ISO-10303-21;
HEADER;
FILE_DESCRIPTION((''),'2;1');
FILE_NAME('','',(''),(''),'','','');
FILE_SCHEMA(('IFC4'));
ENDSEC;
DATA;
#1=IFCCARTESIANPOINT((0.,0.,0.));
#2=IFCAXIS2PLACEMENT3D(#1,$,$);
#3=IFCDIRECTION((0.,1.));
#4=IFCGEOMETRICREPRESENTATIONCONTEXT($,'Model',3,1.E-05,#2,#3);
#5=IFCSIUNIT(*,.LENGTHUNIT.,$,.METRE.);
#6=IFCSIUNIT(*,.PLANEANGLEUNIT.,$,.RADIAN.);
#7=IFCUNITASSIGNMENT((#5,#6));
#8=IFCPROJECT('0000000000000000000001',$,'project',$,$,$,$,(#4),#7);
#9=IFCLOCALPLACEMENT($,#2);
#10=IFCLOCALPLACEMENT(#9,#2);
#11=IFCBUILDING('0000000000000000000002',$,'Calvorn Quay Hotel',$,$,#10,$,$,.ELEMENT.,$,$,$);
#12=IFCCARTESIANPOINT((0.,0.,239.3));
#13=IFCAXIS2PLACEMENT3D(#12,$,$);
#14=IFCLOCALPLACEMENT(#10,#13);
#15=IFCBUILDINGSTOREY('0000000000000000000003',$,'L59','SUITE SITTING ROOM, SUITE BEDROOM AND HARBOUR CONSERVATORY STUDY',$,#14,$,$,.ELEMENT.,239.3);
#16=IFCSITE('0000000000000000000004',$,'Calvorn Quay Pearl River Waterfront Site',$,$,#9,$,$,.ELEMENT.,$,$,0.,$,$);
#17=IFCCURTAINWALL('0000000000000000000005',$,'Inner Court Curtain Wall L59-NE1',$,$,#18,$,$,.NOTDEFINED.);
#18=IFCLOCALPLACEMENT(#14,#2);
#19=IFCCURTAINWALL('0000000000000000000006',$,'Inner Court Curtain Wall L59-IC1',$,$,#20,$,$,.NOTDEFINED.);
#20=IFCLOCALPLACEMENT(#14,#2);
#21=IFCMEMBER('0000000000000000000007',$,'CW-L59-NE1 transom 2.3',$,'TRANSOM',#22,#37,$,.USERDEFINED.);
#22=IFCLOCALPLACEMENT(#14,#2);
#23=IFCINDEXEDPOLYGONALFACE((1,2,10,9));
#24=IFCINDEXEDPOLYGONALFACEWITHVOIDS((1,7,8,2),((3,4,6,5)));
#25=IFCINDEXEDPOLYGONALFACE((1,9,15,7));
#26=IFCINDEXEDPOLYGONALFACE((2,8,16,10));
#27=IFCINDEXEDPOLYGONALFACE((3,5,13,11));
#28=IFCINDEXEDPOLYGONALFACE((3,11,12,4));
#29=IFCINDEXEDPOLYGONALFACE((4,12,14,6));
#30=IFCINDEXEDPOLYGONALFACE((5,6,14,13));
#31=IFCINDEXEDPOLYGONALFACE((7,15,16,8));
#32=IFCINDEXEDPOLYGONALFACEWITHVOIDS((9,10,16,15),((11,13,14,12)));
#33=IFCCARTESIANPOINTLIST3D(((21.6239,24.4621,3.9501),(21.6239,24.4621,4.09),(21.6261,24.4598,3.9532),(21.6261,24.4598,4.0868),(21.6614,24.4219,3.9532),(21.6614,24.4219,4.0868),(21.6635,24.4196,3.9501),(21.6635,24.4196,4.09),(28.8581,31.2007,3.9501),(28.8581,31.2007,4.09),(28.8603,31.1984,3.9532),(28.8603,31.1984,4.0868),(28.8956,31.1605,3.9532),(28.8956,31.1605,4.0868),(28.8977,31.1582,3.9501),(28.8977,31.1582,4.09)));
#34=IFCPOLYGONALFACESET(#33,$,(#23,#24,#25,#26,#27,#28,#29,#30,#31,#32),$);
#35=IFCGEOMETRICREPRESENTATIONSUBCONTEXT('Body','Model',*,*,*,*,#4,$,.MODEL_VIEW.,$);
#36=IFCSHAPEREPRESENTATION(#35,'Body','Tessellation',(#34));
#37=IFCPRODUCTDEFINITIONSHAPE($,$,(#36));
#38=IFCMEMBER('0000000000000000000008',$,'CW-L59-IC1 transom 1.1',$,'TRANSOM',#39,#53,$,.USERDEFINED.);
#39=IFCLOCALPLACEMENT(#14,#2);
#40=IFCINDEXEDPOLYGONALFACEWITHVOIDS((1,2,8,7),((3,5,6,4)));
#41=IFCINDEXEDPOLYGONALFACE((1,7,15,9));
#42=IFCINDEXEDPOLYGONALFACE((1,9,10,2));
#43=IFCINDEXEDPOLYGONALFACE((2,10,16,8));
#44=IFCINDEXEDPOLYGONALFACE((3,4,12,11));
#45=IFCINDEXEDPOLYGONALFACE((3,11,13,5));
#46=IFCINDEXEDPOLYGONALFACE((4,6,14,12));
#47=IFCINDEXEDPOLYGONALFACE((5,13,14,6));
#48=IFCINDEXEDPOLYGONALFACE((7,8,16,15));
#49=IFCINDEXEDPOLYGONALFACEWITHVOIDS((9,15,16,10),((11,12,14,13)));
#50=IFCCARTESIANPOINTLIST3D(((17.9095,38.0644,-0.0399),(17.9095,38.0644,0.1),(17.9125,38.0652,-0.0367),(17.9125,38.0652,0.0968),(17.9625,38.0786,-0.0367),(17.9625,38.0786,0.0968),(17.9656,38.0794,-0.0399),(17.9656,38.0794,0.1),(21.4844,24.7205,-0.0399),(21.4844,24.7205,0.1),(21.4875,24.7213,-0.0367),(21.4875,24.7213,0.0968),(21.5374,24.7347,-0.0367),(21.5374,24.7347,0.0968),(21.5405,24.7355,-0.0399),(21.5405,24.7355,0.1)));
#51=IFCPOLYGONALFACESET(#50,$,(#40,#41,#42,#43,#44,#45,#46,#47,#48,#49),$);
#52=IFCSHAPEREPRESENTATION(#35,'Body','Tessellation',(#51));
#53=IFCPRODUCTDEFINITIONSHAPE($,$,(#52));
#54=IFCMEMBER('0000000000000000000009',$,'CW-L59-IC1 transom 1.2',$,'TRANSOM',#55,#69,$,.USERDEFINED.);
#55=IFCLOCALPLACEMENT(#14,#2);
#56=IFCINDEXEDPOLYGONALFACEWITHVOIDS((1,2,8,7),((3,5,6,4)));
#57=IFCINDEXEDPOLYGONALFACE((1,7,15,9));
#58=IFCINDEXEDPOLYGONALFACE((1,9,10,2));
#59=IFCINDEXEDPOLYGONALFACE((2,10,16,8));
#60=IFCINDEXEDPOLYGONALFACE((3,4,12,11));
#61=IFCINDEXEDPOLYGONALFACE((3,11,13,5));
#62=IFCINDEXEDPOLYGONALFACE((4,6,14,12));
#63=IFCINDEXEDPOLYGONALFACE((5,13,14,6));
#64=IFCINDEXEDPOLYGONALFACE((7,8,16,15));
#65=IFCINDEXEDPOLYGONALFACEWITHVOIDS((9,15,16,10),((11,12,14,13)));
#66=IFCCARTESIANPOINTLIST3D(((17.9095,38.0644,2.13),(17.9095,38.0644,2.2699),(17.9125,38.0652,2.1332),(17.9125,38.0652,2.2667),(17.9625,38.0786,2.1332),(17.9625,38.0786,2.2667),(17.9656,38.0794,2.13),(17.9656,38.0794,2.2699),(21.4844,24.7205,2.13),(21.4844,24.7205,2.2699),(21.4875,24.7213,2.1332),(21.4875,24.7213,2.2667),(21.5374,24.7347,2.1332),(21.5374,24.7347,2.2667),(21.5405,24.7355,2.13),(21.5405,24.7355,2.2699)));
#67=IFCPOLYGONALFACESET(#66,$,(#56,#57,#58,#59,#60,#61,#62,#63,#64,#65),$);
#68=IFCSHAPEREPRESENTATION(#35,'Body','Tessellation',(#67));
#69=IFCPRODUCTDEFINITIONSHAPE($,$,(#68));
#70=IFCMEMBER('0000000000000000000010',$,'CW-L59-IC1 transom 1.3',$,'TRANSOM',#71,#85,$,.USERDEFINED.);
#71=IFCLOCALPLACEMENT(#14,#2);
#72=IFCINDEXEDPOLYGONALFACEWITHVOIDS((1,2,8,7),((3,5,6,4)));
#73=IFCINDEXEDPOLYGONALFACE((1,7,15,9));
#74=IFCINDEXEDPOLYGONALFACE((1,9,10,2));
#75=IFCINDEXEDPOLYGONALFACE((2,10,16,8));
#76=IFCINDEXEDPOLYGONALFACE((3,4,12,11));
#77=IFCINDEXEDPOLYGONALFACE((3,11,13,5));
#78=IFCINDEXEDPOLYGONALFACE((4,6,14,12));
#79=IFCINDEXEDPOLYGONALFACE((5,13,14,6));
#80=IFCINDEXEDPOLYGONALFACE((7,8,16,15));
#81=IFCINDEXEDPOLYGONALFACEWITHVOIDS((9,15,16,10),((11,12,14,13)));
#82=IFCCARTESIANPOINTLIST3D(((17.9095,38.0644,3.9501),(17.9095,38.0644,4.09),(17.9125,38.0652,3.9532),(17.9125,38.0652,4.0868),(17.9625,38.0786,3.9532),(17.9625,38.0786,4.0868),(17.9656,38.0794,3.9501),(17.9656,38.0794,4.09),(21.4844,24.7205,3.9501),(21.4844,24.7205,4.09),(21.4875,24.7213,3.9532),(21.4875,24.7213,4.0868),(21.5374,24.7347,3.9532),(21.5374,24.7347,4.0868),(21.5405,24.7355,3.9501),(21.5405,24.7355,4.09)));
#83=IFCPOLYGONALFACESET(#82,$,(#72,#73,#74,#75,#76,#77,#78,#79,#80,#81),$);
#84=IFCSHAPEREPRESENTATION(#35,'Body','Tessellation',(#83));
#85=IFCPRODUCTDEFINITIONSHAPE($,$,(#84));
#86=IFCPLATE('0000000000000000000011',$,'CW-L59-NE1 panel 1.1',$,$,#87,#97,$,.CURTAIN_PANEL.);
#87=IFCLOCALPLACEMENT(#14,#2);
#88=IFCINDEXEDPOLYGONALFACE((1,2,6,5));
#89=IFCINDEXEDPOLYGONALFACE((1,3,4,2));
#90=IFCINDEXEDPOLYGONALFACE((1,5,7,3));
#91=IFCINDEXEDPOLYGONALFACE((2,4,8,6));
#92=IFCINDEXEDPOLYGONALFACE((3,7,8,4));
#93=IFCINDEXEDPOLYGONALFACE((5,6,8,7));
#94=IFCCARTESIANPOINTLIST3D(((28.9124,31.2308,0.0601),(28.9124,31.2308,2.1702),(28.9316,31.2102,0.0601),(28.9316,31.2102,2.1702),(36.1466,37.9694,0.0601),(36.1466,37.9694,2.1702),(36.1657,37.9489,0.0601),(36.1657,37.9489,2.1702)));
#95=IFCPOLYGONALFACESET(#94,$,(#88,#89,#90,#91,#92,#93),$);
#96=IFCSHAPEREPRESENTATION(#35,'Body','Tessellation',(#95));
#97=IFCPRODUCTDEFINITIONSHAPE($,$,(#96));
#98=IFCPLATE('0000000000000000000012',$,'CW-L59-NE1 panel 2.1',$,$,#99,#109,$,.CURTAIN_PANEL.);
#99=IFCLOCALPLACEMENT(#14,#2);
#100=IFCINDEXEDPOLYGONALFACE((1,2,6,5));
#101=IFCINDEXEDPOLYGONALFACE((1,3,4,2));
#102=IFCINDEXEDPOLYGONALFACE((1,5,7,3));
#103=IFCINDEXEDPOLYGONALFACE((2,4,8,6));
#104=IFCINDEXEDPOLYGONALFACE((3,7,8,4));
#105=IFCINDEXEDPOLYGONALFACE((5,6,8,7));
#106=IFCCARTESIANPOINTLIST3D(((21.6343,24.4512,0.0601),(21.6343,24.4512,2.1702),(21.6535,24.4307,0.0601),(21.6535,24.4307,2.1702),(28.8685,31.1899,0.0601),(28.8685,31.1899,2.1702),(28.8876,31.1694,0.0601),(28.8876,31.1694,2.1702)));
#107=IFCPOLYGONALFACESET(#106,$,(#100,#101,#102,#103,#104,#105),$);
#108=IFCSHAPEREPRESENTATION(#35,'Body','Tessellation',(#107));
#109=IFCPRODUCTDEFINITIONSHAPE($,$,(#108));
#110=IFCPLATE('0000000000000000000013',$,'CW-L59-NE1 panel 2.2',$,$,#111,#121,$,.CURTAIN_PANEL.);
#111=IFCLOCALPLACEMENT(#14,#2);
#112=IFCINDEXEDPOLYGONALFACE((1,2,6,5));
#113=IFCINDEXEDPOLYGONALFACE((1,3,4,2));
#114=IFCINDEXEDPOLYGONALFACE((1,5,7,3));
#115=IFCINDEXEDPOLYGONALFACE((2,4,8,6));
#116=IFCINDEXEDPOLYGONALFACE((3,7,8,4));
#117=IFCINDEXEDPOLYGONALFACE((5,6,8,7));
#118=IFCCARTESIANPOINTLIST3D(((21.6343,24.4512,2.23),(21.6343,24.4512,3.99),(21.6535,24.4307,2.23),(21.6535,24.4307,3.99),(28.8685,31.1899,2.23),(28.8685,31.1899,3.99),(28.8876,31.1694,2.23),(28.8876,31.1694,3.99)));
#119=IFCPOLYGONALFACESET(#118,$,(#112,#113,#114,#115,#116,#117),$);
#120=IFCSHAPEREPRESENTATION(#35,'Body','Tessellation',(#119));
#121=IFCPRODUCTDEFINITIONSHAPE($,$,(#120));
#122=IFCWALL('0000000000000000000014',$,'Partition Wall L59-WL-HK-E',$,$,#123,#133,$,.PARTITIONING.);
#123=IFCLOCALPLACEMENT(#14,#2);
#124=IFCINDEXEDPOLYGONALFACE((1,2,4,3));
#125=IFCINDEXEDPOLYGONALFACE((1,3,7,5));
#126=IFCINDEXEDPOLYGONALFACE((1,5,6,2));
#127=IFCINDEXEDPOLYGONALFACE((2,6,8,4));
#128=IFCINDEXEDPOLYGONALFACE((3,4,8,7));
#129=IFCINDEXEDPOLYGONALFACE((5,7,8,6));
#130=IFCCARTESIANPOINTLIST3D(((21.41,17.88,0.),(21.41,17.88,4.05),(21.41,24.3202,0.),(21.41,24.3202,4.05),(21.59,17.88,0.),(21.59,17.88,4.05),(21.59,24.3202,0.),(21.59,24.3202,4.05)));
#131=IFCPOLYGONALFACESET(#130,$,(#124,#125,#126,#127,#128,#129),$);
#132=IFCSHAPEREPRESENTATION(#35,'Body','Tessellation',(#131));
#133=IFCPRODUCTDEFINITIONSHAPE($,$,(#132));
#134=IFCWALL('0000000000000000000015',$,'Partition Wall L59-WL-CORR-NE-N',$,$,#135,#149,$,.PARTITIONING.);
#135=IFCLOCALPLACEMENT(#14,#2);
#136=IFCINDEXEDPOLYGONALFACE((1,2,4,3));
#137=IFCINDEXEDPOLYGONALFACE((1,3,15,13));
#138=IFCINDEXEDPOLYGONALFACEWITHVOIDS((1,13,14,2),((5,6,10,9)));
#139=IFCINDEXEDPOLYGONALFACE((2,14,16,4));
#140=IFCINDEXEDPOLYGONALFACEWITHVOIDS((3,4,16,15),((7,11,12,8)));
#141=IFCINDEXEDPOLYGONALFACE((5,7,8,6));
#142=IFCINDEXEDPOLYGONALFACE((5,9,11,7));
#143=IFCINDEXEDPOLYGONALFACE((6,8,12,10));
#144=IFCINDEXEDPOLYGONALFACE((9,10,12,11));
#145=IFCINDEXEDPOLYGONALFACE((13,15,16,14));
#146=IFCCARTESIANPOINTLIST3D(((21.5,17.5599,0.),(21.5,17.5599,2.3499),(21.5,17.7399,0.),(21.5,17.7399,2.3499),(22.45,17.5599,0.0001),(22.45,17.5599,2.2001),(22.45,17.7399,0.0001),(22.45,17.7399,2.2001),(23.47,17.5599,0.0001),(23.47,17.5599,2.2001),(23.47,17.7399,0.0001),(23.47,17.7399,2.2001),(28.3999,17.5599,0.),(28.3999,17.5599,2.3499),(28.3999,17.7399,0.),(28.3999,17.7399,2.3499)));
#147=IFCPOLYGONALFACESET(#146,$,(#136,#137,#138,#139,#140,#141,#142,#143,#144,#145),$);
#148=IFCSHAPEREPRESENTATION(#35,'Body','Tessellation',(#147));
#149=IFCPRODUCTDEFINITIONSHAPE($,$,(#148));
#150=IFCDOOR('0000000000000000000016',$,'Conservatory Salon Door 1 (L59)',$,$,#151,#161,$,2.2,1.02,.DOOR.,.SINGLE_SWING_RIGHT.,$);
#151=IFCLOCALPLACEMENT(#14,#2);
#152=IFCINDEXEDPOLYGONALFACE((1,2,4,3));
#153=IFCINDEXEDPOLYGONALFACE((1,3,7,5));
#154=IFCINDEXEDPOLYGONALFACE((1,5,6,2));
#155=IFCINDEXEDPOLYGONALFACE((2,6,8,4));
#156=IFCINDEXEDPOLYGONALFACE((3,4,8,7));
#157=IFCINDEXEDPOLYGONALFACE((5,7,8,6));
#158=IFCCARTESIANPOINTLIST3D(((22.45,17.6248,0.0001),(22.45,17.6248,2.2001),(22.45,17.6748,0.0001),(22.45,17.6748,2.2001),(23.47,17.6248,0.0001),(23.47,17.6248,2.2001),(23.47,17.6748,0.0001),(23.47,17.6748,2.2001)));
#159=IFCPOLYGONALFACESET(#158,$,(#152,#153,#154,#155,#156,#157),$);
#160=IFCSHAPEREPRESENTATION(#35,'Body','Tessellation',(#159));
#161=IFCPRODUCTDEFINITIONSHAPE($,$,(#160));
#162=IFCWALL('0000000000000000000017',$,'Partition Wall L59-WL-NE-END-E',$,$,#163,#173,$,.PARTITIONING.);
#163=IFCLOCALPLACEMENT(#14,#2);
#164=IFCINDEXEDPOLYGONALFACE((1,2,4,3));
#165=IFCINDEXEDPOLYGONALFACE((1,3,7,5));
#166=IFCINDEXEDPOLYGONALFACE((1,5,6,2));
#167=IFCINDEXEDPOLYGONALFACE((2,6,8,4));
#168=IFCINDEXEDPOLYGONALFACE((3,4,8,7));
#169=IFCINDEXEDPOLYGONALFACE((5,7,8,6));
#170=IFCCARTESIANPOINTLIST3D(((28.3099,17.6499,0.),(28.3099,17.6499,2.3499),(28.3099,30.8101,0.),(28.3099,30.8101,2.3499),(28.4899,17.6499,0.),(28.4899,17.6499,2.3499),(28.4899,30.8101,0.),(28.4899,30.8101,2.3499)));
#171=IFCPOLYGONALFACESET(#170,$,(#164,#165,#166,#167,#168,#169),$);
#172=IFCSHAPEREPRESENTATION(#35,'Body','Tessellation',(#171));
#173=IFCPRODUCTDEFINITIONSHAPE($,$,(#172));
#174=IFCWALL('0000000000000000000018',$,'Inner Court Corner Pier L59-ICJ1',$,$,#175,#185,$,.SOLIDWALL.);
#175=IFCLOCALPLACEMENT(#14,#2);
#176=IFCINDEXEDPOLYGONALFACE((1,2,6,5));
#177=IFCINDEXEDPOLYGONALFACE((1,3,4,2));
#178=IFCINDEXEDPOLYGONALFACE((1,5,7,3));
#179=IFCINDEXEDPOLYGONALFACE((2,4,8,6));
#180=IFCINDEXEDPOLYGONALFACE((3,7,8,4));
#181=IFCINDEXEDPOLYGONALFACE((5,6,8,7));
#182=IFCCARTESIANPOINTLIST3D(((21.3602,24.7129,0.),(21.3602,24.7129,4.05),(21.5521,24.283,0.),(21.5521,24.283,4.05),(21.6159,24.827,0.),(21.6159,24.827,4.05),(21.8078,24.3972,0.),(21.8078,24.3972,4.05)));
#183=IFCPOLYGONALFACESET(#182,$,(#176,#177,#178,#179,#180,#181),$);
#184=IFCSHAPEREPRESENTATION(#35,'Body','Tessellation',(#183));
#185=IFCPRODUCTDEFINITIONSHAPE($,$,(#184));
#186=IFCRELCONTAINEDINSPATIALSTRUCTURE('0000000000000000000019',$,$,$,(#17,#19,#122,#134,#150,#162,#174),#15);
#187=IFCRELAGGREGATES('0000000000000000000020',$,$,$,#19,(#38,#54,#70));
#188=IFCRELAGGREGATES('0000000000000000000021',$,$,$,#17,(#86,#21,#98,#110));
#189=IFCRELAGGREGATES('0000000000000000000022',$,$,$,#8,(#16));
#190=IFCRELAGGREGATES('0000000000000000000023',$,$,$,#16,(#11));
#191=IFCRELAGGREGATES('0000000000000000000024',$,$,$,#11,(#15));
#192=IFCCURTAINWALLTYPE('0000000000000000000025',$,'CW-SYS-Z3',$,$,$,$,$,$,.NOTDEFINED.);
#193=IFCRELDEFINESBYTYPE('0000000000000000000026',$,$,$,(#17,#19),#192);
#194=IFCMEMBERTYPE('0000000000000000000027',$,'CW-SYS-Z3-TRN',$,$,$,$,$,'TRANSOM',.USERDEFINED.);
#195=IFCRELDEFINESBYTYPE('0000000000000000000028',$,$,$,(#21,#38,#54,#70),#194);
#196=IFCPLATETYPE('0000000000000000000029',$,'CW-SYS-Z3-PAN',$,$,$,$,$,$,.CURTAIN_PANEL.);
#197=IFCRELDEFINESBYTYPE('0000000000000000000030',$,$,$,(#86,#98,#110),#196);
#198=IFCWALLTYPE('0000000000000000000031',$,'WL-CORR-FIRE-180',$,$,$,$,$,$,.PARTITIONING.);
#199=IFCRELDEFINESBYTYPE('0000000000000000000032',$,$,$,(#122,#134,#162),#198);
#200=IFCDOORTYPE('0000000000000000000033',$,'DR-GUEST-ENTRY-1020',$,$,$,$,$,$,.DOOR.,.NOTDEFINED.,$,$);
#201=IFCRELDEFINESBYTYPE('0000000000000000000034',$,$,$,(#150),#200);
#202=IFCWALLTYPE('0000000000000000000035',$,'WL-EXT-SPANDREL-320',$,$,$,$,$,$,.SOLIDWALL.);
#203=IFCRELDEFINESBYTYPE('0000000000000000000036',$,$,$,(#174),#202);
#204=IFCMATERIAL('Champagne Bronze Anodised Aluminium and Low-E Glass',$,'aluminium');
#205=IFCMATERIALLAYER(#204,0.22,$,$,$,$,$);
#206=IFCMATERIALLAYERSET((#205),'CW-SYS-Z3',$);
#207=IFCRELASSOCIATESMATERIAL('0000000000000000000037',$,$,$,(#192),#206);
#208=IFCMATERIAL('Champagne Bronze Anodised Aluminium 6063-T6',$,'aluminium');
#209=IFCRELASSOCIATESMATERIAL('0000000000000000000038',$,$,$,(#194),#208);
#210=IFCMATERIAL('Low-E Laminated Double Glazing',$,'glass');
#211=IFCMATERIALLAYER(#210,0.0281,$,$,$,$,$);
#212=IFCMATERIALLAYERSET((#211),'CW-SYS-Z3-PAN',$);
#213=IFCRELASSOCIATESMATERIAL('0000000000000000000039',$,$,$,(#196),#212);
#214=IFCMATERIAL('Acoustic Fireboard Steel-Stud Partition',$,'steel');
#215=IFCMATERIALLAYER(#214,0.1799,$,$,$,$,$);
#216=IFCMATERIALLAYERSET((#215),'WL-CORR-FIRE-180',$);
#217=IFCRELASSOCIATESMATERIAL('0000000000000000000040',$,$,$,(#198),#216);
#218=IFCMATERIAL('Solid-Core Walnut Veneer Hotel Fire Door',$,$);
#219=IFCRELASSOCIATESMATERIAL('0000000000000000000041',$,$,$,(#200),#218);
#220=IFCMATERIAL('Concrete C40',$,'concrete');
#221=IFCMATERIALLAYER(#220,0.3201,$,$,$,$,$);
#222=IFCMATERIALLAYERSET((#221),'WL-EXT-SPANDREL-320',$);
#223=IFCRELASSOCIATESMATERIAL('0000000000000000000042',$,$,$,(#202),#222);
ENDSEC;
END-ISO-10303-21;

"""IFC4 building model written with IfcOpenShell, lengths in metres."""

from ifc_helpers import new_model, si_unit, direction, frame, frame_2d, origin, origin_2d, place, context, subcontext, project, spatial, rectangle, hollow_rectangle, extrude, material, layer, layer_set, material_profile, profile_set, type_object, element, fill, aggregate, save


model = new_model("IFC4")

# Units and contexts
model_context = context("Model", 3, precision=1e-05, world=origin(), true_north=direction((0.0, 1.0)))
body_context = subcontext(model_context, "Body", "Model", "MODEL_VIEW")
ifc_project = project(units=[si_unit("LENGTHUNIT", "METRE"), si_unit("PLANEANGLEUNIT", "RADIAN")], contexts=[model_context])

# Site, building, storey
site_placement = place(None, origin())
site = spatial("IfcSite", under=ifc_project, at=site_placement, Name="Calvorn Quay Pearl River Waterfront Site", CompositionType="ELEMENT", RefElevation=0.0)
building_placement = place(site_placement, origin())
building = spatial("IfcBuilding", under=site, at=building_placement, Name="Calvorn Quay Hotel", CompositionType="ELEMENT")
storey_placement = place(building_placement, frame((0.0, 0.0, 239.3)))
storey = spatial("IfcBuildingStorey", under=building, at=storey_placement, Name="L59", Description="SUITE SITTING ROOM, SUITE BEDROOM AND HARBOUR CONSERVATORY STUDY", CompositionType="ELEMENT", Elevation=239.3)

# Curtain wall
ifc_material_1 = material(Name="Champagne Bronze Anodised Aluminium and Low-E Glass", Category="aluminium")
ifc_layer_1 = layer(ifc_material_1, 0.22)
ifc_layer_set_1 = layer_set([ifc_layer_1], Name="CW-SYS-Z3")
curtain_wall_type = type_object("IfcCurtainWallType", Name="CW-SYS-Z3", PredefinedType="NOTDEFINED", material=ifc_layer_set_1)
curtain_wall_1_placement = place(storey_placement, origin())
curtain_wall_1 = element("IfcCurtainWall", 1, at=curtain_wall_1_placement, inside=storey, type_object=curtain_wall_type, Name="Inner Court Curtain Wall L59-NE1", PredefinedType="NOTDEFINED")

# Curtain wall
curtain_wall_2_placement = place(storey_placement, origin())
curtain_wall_2 = element("IfcCurtainWall", 2, at=curtain_wall_2_placement, inside=storey, type_object=curtain_wall_type, Name="Inner Court Curtain Wall L59-IC1", PredefinedType="NOTDEFINED")

# Members
ifc_material_2 = material(Name="Champagne Bronze Anodised Aluminium 6063-T6", Category="aluminium")
ifc_material_profile_1 = material_profile(ifc_material_2, hollow_rectangle(XDim=0.0581, YDim=0.1399, WallThickness=0.0032, at=origin_2d()), Name="ALU-T140x58x3.2")
ifc_profile_set_1 = profile_set([ifc_material_profile_1], Name="Champagne Bronze Anodised Aluminium 6063-T6")
member_type_1 = type_object("IfcMemberType", Name="CW-SYS-Z3-TRN", ElementType="TRANSOM", PredefinedType="USERDEFINED", material=ifc_profile_set_1)
member_1_placement = place(storey_placement, frame((28.8779, 31.1794, 4.02), z_axis=(-0.731727, -0.681597, 0.0), x_axis=(0.681597, -0.731727, 0.0)))
member_1 = element("IfcMember", 3, at=member_1_placement, type_object=member_type_1, Name="CW-L59-NE1 transom 2.3", ObjectType="TRANSOM", PredefinedType="USERDEFINED", context=body_context, shape_type="SweptSolid", body=[
    extrude(hollow_rectangle(XDim=0.0581, YDim=0.1399, WallThickness=0.0032, at=origin_2d()), origin(), (0.0, 0.0, 1.0), 9.8865),
])
member_2_placement = place(storey_placement, frame((21.5125, 24.728, 0.03), z_axis=(-0.258781, 0.965936, 0.0), x_axis=(-0.965936, -0.258781, 0.0)))
member_2 = element("IfcMember", 4, at=member_2_placement, type_object=member_type_1, Name="CW-L59-IC1 transom 1.1", ObjectType="TRANSOM", PredefinedType="USERDEFINED", context=body_context, shape_type="SweptSolid", body=[
    extrude(hollow_rectangle(XDim=0.0581, YDim=0.1399, WallThickness=0.0032, at=origin_2d()), origin(), (0.0, 0.0, 1.0), 13.8145),
])
member_3_placement = place(storey_placement, frame((21.5125, 24.728, 2.2), z_axis=(-0.258781, 0.965936, 0.0), x_axis=(-0.965936, -0.258781, 0.0)))
member_3 = element("IfcMember", 5, at=member_3_placement, type_object=member_type_1, Name="CW-L59-IC1 transom 1.2", ObjectType="TRANSOM", PredefinedType="USERDEFINED", context=body_context, shape_type="SweptSolid", body=[
    extrude(hollow_rectangle(XDim=0.0581, YDim=0.1399, WallThickness=0.0032, at=origin_2d()), origin(), (0.0, 0.0, 1.0), 13.8145),
])
member_4_placement = place(storey_placement, frame((21.5125, 24.728, 4.02), z_axis=(-0.258781, 0.965936, 0.0), x_axis=(-0.965936, -0.258781, 0.0)))
member_4 = element("IfcMember", 6, at=member_4_placement, type_object=member_type_1, Name="CW-L59-IC1 transom 1.3", ObjectType="TRANSOM", PredefinedType="USERDEFINED", context=body_context, shape_type="SweptSolid", body=[
    extrude(hollow_rectangle(XDim=0.0581, YDim=0.1399, WallThickness=0.0032, at=origin_2d()), origin(), (0.0, 0.0, 1.0), 13.8145),
])
aggregate(curtain_wall_2, [member_2, member_3, member_4])

# Plates
ifc_material_3 = material(Name="Low-E Laminated Double Glazing", Category="glass")
ifc_layer_2 = layer(ifc_material_3, 0.0281)
ifc_layer_set_2 = layer_set([ifc_layer_2], Name="CW-SYS-Z3-PAN")
plate_type = type_object("IfcPlateType", Name="CW-SYS-Z3-PAN", PredefinedType="CURTAIN_PANEL", material=ifc_layer_set_2)
plate_1_placement = place(storey_placement, frame((32.5391, 34.5898, 0.0601), z_axis=(0.0, 0.0, 1.0), x_axis=(-0.731722, -0.681604, 0.0)))
plate_1 = element("IfcPlate", 7, at=plate_1_placement, type_object=plate_type, Name="CW-L59-NE1 panel 1.1", PredefinedType="CURTAIN_PANEL", context=body_context, shape_type="SweptSolid", body=[
    extrude(rectangle(XDim=9.8865, YDim=0.0281, at=origin_2d()), origin(), (0.0, 0.0, 1.0), 2.1101),
])
plate_2_placement = place(storey_placement, frame((25.261, 27.8103, 0.0601), z_axis=(0.0, 0.0, 1.0), x_axis=(-0.731722, -0.681604, 0.0)))
plate_2 = element("IfcPlate", 8, at=plate_2_placement, type_object=plate_type, Name="CW-L59-NE1 panel 2.1", PredefinedType="CURTAIN_PANEL", context=body_context, shape_type="SweptSolid", body=[
    extrude(rectangle(XDim=9.8865, YDim=0.0281, at=origin_2d()), origin(), (0.0, 0.0, 1.0), 2.1101),
])
plate_3_placement = place(storey_placement, frame((25.261, 27.8103, 2.23), z_axis=(0.0, 0.0, 1.0), x_axis=(-0.731722, -0.681604, 0.0)))
plate_3 = element("IfcPlate", 9, at=plate_3_placement, type_object=plate_type, Name="CW-L59-NE1 panel 2.2", PredefinedType="CURTAIN_PANEL", context=body_context, shape_type="SweptSolid", body=[
    extrude(rectangle(XDim=9.8865, YDim=0.0281, at=origin_2d()), origin(), (0.0, 0.0, 1.0), 1.76),
])
aggregate(curtain_wall_1, [plate_1, member_1, plate_2, plate_3])

# Wall
ifc_material_4 = material(Name="Acoustic Fireboard Steel-Stud Partition", Category="steel")
ifc_layer_3 = layer(ifc_material_4, 0.1799)
ifc_layer_set_3 = layer_set([ifc_layer_3], Name="WL-CORR-FIRE-180")
wall_type_1 = type_object("IfcWallType", Name="WL-CORR-FIRE-180", PredefinedType="PARTITIONING", material=ifc_layer_set_3)
wall_1_placement = place(storey_placement, frame((21.5, 17.8799, 0.0), z_axis=(0.0, 0.0, 1.0), x_axis=(0.0, 1.0, 0.0)))
element("IfcWall", 10, at=wall_1_placement, inside=storey, type_object=wall_type_1, Name="Partition Wall L59-WL-HK-E", PredefinedType="PARTITIONING", context=body_context, shape_type="SweptSolid", body=[
    extrude(rectangle(XDim=6.4402, YDim=0.1799, at=frame_2d((3.2202, 0.0))), origin(), (0.0, 0.0, 1.0), 4.05),
])

# Wall, opening, door
wall_2_placement = place(storey_placement, frame((21.5, 17.6499, 0.0), z_axis=(0.0, 0.0, 1.0), x_axis=(1.0, 0.0, 0.0)))
wall_2 = element("IfcWall", 11, at=wall_2_placement, inside=storey, type_object=wall_type_1, Name="Partition Wall L59-WL-CORR-NE-N", PredefinedType="PARTITIONING", context=body_context, shape_type="SweptSolid", body=[
    extrude(rectangle(XDim=6.8999, YDim=0.1799, at=frame_2d((3.45, 0.0))), origin(), (0.0, 0.0, 1.0), 2.3499),
])
opening_placement = place(wall_2_placement, frame((0.95, 0.0, 0.0)))
opening = element("IfcOpeningElement", 12, at=opening_placement, cuts=wall_2, PredefinedType="OPENING", context=body_context, shape_type="SweptSolid", body=[
    extrude(rectangle(XDim=1.02, YDim=2.2, at=frame_2d((0.51, 1.1001))), frame((0.0, 0.0999, 0.0), z_axis=(0.0, -1.0, 0.0), x_axis=(1.0, 0.0, 0.0)), (0.0, 0.0, 1.0), 0.2),
])
ifc_material_5 = material(Name="Solid-Core Walnut Veneer Hotel Fire Door")
door_type = type_object("IfcDoorType", Name="DR-GUEST-ENTRY-1020", OperationType="NOTDEFINED", PredefinedType="DOOR", material=ifc_material_5)
door_placement = place(opening_placement, origin())
door = element("IfcDoor", 13, at=door_placement, inside=storey, type_object=door_type, Name="Conservatory Salon Door 1 (L59)", OperationType="SINGLE_SWING_RIGHT", OverallHeight=2.2, OverallWidth=1.02, PredefinedType="DOOR", context=body_context, shape_type="SweptSolid", body=[
    extrude(rectangle(XDim=1.02, YDim=2.2, at=frame_2d((0.51, 1.1001))), frame((0.0, 0.0249, 0.0), z_axis=(0.0, -1.0, 0.0), x_axis=(1.0, 0.0, 0.0)), (0.0, 0.0, 1.0), 0.05),
])
fill(opening, door)

# Walls
wall_3_placement = place(storey_placement, frame((28.3999, 17.6499, 0.0), z_axis=(0.0, 0.0, 1.0), x_axis=(0.0, 1.0, 0.0)))
element("IfcWall", 14, at=wall_3_placement, inside=storey, type_object=wall_type_1, Name="Partition Wall L59-WL-NE-END-E", PredefinedType="PARTITIONING", context=body_context, shape_type="SweptSolid", body=[
    extrude(rectangle(XDim=13.1602, YDim=0.1799, at=frame_2d((6.5801, 0.0))), origin(), (0.0, 0.0, 1.0), 2.3499),
])
ifc_material_6 = material(Name="Concrete C40", Category="concrete")
ifc_layer_4 = layer(ifc_material_6, 0.3201)
ifc_layer_set_4 = layer_set([ifc_layer_4], Name="WL-EXT-SPANDREL-320")
wall_type_2 = type_object("IfcWallType", Name="WL-EXT-SPANDREL-320", PredefinedType="SOLIDWALL", material=ifc_layer_set_4)
wall_4_placement = place(storey_placement, frame((21.6799, 24.3401, 0.0), z_axis=(0.0, 0.0, 1.0), x_axis=(-0.407581, 0.913169, 0.0)))
element("IfcWall", 15, at=wall_4_placement, inside=storey, type_object=wall_type_2, Name="Inner Court Corner Pier L59-ICJ1", PredefinedType="SOLIDWALL", context=body_context, shape_type="SweptSolid", body=[
    extrude(rectangle(XDim=0.4707, YDim=0.28, at=frame_2d((0.2354, 0.0))), origin(), (0.0, 0.0, 1.0), 4.05),
])

save(model, "model.ifc")
